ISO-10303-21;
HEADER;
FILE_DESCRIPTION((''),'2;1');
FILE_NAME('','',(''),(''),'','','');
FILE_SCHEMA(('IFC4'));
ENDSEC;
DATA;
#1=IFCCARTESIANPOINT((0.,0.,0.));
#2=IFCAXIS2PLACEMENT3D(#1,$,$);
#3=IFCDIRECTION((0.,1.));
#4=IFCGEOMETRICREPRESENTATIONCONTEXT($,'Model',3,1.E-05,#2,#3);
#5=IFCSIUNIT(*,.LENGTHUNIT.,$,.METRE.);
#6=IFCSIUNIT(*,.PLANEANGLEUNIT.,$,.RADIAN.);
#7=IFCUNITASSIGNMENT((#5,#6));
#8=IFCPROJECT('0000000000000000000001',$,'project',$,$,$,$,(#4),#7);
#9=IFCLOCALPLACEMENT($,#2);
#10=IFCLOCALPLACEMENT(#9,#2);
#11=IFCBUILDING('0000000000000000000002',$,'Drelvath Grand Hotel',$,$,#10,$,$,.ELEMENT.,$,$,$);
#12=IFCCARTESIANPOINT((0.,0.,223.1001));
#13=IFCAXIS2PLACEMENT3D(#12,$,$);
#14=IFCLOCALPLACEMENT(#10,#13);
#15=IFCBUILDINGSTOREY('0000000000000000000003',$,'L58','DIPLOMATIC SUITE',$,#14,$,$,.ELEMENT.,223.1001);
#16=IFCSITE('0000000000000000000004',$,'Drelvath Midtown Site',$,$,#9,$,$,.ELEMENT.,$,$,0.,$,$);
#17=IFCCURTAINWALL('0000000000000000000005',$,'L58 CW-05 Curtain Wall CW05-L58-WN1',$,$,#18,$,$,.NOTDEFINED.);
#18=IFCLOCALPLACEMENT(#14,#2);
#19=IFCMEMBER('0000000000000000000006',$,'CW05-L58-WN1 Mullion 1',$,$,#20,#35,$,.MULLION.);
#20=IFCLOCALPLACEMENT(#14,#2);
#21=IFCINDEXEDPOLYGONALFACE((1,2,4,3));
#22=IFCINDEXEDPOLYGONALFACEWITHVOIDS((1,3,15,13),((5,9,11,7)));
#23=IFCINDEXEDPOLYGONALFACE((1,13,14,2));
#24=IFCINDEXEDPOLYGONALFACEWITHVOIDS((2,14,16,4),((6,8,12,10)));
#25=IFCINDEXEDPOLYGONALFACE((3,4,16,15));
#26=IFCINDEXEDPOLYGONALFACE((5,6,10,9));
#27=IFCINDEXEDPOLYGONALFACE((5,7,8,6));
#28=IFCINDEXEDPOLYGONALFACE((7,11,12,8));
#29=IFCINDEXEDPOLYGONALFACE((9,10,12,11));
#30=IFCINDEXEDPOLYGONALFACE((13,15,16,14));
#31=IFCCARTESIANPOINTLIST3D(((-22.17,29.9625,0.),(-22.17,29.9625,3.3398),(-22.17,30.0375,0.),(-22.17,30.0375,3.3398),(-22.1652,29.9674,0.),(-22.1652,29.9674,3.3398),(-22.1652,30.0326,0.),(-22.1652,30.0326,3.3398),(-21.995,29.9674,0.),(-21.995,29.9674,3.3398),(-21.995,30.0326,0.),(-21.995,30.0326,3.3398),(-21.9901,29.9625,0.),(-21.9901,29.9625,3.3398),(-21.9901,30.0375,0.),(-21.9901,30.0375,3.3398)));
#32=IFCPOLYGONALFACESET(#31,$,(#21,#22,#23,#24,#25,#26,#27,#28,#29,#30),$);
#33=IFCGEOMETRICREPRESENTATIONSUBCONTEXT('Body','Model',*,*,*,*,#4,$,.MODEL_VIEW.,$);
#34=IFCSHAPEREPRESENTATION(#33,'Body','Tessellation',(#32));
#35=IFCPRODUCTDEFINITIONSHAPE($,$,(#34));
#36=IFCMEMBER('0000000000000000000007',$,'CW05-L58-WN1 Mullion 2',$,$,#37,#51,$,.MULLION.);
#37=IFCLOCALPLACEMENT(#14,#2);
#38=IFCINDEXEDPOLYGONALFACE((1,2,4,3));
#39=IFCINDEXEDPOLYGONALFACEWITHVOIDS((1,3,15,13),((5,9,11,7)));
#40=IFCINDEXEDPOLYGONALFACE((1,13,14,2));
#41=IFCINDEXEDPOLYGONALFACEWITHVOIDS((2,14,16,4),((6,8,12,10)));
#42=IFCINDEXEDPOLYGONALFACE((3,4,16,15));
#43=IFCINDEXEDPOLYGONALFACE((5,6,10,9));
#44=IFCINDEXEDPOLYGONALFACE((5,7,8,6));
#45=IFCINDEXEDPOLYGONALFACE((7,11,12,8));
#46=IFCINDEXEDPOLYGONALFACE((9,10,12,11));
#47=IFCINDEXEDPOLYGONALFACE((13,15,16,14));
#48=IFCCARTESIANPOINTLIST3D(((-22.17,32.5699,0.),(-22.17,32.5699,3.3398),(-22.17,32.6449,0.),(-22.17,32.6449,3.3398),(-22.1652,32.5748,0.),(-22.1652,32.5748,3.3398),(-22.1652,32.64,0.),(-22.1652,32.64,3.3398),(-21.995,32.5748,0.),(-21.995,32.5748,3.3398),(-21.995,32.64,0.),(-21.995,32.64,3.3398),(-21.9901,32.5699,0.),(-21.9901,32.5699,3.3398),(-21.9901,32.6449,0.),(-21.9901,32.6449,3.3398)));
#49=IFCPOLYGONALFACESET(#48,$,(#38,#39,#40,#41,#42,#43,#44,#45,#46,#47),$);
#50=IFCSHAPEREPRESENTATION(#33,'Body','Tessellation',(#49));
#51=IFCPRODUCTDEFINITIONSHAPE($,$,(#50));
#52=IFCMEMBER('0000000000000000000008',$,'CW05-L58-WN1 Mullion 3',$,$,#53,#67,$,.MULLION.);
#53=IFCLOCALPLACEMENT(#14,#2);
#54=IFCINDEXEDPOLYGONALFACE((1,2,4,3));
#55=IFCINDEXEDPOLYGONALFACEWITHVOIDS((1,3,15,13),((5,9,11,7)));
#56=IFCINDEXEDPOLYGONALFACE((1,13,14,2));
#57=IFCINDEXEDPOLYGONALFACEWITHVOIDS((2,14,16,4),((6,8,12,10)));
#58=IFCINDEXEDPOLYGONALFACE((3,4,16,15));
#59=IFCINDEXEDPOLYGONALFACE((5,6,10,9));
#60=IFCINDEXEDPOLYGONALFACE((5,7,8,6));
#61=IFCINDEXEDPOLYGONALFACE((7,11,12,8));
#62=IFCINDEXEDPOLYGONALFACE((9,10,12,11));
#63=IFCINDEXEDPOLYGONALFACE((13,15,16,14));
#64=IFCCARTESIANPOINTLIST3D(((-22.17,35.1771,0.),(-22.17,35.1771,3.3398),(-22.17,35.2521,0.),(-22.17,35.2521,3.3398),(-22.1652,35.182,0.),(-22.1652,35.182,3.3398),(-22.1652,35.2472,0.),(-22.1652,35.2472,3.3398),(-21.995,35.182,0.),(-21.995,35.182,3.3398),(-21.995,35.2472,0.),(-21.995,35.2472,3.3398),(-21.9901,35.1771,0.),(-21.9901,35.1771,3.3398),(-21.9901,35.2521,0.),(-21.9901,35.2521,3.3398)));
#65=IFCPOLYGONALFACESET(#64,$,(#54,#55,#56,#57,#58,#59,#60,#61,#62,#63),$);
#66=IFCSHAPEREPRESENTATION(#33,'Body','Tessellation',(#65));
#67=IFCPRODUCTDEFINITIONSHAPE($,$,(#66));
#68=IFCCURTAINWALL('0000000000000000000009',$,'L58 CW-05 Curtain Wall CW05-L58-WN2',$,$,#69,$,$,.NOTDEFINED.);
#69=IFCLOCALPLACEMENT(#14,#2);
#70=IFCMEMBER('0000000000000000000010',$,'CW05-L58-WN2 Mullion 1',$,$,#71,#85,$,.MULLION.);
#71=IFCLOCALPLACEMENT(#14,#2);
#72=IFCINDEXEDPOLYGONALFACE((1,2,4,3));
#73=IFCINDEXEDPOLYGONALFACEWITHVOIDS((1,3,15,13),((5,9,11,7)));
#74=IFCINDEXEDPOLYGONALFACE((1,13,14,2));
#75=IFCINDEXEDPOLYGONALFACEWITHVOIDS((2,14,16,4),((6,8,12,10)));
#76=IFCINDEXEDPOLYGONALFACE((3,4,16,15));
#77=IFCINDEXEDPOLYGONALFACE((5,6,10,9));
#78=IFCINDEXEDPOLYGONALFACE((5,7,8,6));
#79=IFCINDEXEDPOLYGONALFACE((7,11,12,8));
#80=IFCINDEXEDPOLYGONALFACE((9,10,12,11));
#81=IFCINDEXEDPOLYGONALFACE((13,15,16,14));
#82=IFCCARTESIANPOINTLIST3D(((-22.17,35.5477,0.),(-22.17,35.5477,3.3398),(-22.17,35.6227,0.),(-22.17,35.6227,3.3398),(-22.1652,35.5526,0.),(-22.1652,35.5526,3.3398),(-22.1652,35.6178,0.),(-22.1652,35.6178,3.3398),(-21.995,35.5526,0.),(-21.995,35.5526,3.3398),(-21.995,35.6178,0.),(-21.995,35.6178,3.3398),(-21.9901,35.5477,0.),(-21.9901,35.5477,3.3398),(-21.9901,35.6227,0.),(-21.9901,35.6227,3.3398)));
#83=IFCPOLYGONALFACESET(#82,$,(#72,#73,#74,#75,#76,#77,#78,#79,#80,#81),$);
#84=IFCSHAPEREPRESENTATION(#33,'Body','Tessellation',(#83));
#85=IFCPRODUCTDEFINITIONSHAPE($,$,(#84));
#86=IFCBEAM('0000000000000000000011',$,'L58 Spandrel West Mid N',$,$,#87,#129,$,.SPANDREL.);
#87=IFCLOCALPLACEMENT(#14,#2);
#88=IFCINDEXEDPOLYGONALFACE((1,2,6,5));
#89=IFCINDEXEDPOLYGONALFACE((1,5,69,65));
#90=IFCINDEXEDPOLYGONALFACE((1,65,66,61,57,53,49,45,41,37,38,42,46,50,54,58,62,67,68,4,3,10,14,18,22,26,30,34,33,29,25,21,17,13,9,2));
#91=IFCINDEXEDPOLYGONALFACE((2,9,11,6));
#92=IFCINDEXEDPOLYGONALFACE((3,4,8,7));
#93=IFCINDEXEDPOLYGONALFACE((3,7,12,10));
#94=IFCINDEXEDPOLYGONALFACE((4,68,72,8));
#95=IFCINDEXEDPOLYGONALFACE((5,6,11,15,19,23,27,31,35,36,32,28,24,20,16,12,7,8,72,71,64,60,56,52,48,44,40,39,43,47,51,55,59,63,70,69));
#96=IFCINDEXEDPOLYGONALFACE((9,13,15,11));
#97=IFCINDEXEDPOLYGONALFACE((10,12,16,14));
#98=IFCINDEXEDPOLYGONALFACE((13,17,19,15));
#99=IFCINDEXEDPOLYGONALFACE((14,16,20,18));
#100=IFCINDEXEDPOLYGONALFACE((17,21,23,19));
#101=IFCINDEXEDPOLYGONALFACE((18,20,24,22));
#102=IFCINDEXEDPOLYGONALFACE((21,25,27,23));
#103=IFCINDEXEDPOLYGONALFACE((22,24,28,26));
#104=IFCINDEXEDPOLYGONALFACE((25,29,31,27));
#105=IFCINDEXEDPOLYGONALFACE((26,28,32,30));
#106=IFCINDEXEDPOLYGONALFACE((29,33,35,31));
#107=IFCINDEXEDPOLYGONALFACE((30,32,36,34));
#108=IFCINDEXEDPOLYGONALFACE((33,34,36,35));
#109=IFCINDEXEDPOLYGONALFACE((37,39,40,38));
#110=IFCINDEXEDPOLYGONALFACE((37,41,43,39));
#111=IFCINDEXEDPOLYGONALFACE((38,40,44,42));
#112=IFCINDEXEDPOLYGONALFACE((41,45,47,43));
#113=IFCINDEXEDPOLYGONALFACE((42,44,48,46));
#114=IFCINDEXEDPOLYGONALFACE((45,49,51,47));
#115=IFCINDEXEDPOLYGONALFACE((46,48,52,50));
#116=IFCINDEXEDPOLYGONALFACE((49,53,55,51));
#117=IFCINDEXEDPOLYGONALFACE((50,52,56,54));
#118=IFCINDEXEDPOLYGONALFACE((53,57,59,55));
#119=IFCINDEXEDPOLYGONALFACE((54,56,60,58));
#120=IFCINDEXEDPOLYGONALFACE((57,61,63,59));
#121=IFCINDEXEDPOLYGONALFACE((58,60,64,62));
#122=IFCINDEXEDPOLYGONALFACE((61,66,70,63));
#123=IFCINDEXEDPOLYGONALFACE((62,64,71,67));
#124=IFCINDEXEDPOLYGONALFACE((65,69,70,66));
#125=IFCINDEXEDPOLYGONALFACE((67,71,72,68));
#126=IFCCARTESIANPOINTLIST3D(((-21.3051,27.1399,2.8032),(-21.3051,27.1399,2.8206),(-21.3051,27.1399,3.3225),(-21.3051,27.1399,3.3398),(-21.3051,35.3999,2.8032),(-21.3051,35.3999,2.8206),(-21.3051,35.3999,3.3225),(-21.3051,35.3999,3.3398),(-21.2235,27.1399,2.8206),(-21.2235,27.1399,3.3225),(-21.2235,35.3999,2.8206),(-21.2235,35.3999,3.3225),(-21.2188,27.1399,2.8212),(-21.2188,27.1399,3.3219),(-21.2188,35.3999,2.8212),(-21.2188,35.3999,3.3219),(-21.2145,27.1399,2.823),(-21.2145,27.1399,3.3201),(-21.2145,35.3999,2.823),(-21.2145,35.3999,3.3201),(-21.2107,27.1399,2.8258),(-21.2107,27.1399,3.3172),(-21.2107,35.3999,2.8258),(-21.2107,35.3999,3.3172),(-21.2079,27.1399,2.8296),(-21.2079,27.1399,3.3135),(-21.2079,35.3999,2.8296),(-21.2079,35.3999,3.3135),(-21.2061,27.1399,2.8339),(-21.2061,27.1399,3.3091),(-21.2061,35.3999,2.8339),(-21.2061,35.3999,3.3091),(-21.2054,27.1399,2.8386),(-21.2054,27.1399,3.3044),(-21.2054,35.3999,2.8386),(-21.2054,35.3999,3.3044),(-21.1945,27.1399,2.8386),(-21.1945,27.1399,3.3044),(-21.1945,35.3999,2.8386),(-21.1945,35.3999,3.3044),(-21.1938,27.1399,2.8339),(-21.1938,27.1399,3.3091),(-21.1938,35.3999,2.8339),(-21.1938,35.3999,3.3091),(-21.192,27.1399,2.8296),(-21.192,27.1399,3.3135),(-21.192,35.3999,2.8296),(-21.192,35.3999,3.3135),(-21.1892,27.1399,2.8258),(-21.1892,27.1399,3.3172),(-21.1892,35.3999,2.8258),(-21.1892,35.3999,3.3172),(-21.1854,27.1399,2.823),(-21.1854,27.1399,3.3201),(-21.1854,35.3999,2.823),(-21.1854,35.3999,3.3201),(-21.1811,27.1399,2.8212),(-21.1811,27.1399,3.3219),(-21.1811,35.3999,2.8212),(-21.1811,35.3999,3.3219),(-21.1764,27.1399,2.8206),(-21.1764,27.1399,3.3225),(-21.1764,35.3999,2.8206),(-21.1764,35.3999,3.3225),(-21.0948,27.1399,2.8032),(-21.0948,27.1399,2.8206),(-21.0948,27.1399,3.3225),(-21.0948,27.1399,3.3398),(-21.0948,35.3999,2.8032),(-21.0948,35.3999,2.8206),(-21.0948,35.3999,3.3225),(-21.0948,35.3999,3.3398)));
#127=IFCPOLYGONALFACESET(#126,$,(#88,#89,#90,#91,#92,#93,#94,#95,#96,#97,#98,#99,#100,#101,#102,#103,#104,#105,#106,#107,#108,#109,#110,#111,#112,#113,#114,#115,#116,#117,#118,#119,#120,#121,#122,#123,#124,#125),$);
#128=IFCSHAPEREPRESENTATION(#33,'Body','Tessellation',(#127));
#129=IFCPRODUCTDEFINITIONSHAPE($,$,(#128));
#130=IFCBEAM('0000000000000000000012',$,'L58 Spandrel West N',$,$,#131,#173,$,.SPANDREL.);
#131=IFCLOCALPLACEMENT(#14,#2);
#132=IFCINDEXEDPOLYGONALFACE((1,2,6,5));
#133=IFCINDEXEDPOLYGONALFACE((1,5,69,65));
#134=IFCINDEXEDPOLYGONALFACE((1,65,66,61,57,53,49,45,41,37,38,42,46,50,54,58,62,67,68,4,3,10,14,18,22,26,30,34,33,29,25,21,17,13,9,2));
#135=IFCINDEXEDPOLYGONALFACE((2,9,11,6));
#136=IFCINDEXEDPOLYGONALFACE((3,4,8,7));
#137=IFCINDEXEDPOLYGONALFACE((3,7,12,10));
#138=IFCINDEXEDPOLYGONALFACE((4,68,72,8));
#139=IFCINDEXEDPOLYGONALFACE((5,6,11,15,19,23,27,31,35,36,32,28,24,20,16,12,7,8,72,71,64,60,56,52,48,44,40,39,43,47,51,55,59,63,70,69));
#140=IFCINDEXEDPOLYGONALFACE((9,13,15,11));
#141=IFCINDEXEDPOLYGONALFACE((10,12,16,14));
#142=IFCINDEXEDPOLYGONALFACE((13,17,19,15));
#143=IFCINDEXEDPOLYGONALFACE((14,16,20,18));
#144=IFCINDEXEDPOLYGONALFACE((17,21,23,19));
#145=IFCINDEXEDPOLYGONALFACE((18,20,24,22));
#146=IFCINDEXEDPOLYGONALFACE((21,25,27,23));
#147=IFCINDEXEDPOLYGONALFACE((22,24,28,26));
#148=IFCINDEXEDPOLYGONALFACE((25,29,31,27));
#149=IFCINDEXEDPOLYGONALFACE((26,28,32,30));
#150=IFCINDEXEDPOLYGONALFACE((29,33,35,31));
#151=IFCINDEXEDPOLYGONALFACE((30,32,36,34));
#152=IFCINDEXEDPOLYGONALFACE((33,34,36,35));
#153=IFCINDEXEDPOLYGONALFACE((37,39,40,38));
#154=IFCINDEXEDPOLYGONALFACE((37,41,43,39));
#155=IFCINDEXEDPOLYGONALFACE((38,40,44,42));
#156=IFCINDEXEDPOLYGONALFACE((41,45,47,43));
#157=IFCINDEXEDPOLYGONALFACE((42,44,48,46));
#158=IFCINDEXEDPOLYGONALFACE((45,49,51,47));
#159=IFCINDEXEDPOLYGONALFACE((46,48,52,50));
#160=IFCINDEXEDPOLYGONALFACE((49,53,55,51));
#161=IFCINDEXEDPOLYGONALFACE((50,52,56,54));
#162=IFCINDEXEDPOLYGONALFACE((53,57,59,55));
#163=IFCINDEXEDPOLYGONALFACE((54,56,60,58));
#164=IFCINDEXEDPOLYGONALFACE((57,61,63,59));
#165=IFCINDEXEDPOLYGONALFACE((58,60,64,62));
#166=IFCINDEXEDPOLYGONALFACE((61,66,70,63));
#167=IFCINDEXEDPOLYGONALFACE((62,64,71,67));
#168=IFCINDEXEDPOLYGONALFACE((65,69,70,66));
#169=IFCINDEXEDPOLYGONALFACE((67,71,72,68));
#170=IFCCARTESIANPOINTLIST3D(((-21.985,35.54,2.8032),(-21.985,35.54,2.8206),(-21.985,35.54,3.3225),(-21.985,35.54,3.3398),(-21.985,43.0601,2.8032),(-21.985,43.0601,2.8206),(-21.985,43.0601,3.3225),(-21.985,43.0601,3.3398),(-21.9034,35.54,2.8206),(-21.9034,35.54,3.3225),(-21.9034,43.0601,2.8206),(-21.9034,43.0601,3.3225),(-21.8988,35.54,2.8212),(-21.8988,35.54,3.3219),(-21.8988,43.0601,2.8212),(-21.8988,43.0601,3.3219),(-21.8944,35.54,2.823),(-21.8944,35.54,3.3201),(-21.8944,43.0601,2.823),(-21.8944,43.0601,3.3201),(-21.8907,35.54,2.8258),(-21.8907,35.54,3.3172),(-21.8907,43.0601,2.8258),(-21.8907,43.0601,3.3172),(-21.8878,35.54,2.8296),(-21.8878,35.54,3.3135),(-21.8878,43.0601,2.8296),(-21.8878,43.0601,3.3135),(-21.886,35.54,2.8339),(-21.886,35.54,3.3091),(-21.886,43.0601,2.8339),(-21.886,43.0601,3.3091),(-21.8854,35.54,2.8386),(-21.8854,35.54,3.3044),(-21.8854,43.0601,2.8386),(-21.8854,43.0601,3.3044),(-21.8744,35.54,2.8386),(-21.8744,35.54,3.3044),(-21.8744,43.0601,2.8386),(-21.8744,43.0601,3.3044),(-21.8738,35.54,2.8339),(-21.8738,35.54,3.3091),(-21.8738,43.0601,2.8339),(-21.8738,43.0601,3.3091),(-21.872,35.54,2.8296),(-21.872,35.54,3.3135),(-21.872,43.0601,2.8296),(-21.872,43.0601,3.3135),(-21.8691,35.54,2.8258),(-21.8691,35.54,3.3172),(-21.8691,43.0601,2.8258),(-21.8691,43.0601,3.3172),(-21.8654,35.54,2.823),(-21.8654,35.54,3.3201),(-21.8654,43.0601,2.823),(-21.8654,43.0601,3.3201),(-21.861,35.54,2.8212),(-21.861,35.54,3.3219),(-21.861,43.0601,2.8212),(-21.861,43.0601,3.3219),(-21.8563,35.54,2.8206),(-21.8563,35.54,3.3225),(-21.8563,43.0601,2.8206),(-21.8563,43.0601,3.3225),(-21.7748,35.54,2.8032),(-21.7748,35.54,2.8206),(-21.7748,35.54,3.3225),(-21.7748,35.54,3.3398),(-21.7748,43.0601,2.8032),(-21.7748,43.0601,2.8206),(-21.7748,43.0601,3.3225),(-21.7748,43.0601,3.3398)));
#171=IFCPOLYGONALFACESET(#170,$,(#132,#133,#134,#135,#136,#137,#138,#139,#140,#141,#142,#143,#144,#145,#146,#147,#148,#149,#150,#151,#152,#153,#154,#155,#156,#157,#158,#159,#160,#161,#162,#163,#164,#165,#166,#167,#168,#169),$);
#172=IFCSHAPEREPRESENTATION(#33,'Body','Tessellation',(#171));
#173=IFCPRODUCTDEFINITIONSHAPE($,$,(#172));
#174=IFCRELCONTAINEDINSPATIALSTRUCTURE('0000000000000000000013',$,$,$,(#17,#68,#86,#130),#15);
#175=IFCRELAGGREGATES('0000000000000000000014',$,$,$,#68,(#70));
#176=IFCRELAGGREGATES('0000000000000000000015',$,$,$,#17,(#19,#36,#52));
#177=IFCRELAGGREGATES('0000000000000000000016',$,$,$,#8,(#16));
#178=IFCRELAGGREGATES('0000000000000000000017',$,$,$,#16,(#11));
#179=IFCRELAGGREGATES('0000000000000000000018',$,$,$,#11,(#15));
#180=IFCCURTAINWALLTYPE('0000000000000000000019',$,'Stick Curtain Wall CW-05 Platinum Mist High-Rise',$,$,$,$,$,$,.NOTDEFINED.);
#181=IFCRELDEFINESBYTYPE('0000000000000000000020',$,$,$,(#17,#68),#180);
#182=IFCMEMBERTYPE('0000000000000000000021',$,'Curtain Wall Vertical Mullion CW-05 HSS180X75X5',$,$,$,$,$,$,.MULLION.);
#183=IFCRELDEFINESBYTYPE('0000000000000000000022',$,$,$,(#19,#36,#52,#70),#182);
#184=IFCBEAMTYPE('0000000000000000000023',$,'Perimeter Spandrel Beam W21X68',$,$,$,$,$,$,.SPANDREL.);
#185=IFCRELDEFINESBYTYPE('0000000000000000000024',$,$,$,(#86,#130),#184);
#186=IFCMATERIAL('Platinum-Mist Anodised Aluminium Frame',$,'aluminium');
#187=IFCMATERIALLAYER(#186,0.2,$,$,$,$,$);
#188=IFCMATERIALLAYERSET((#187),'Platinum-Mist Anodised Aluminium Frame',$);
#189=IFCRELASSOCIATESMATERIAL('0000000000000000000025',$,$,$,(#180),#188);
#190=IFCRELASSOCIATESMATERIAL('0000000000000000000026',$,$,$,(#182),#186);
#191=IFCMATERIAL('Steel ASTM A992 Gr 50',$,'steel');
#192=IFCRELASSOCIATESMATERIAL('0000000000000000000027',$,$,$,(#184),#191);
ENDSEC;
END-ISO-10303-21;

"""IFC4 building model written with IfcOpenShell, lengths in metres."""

from ifc_helpers import new_model, si_unit, direction, frame, origin, origin_2d, place, context, subcontext, project, spatial, hollow_rectangle, i_section, extrude, material, layer, layer_set, material_profile, profile_set, type_object, element, aggregate, save


model = new_model("IFC4")

# Units and contexts
model_context = context("Model", 3, precision=1e-05, world=origin(), true_north=direction((0.0, 1.0)))
body_context = subcontext(model_context, "Body", "Model", "MODEL_VIEW")
ifc_project = project(units=[si_unit("LENGTHUNIT", "METRE"), si_unit("PLANEANGLEUNIT", "RADIAN")], contexts=[model_context])

# Site, building, storey
site_placement = place(None, origin())
site = spatial("IfcSite", under=ifc_project, at=site_placement, Name="Drelvath Midtown Site", CompositionType="ELEMENT", RefElevation=0.0)
building_placement = place(site_placement, origin())
building = spatial("IfcBuilding", under=site, at=building_placement, Name="Drelvath Grand Hotel", CompositionType="ELEMENT")
storey_placement = place(building_placement, frame((0.0, 0.0, 223.1001)))
storey = spatial("IfcBuildingStorey", under=building, at=storey_placement, Name="L58", Description="DIPLOMATIC SUITE", CompositionType="ELEMENT", Elevation=223.1001)

# Curtain wall
ifc_material_1 = material(Name="Platinum-Mist Anodised Aluminium Frame", Category="aluminium")
ifc_layer_1 = layer(ifc_material_1, 0.2)
ifc_layer_set_1 = layer_set([ifc_layer_1], Name="Platinum-Mist Anodised Aluminium Frame")
curtain_wall_type = type_object("IfcCurtainWallType", Name="Stick Curtain Wall CW-05 Platinum Mist High-Rise", PredefinedType="NOTDEFINED", material=ifc_layer_set_1)
curtain_wall_1_placement = place(storey_placement, origin())
curtain_wall_1 = element("IfcCurtainWall", 1, at=curtain_wall_1_placement, inside=storey, type_object=curtain_wall_type, Name="L58 CW-05 Curtain Wall CW05-L58-WN1", PredefinedType="NOTDEFINED")
ifc_material_profile_1 = material_profile(ifc_material_1, hollow_rectangle(XDim=0.075, YDim=0.1799, WallThickness=0.0049, at=origin_2d()), Name="HSS180X75X5")
ifc_profile_set_1 = profile_set([ifc_material_profile_1], Name="Platinum-Mist Anodised Aluminium Frame")
member_type_1 = type_object("IfcMemberType", Name="Curtain Wall Vertical Mullion CW-05 HSS180X75X5", PredefinedType="MULLION", material=ifc_profile_set_1)

# Members
member_1_placement = place(storey_placement, frame((-22.0801, 30.0, 0.0), z_axis=(0.0, 0.0, 1.0), x_axis=(0.0, 1.0, 0.0)))
member_1 = element("IfcMember", 2, at=member_1_placement, type_object=member_type_1, Name="CW05-L58-WN1 Mullion 1", PredefinedType="MULLION", context=body_context, shape_type="SweptSolid", body=[
    extrude(hollow_rectangle(XDim=0.075, YDim=0.1799, WallThickness=0.0049, at=origin_2d()), origin(), (0.0, 0.0, 1.0), 3.3398),
])
member_2_placement = place(storey_placement, frame((-22.0801, 32.6074, 0.0), z_axis=(0.0, 0.0, 1.0), x_axis=(0.0, 1.0, 0.0)))
member_2 = element("IfcMember", 3, at=member_2_placement, type_object=member_type_1, Name="CW05-L58-WN1 Mullion 2", PredefinedType="MULLION", context=body_context, shape_type="SweptSolid", body=[
    extrude(hollow_rectangle(XDim=0.075, YDim=0.1799, WallThickness=0.0049, at=origin_2d()), origin(), (0.0, 0.0, 1.0), 3.3398),
])
member_3_placement = place(storey_placement, frame((-22.0801, 35.2146, 0.0), z_axis=(0.0, 0.0, 1.0), x_axis=(0.0, 1.0, 0.0)))
member_3 = element("IfcMember", 4, at=member_3_placement, type_object=member_type_1, Name="CW05-L58-WN1 Mullion 3", PredefinedType="MULLION", context=body_context, shape_type="SweptSolid", body=[
    extrude(hollow_rectangle(XDim=0.075, YDim=0.1799, WallThickness=0.0049, at=origin_2d()), origin(), (0.0, 0.0, 1.0), 3.3398),
])

# Curtain wall, member
curtain_wall_2_placement = place(storey_placement, origin())
curtain_wall_2 = element("IfcCurtainWall", 5, at=curtain_wall_2_placement, inside=storey, type_object=curtain_wall_type, Name="L58 CW-05 Curtain Wall CW05-L58-WN2", PredefinedType="NOTDEFINED")
member_4_placement = place(storey_placement, frame((-22.0801, 35.5852, 0.0), z_axis=(0.0, 0.0, 1.0), x_axis=(0.0, 1.0, 0.0)))
member_4 = element("IfcMember", 6, at=member_4_placement, type_object=member_type_1, Name="CW05-L58-WN2 Mullion 1", PredefinedType="MULLION", context=body_context, shape_type="SweptSolid", body=[
    extrude(hollow_rectangle(XDim=0.075, YDim=0.1799, WallThickness=0.0049, at=origin_2d()), origin(), (0.0, 0.0, 1.0), 3.3398),
])
aggregate(curtain_wall_2, [member_4])

# Beams
ifc_material_2 = material(Name="Steel ASTM A992 Gr 50", Category="steel")
ifc_material_profile_2 = material_profile(ifc_material_2, i_section(OverallWidth=0.2102, OverallDepth=0.5366, WebThickness=0.011, FlangeThickness=0.0173, FilletRadius=0.0181, at=origin_2d()), Name="W21X68")
ifc_profile_set_2 = profile_set([ifc_material_profile_2], Name="Steel ASTM A992 Gr 50")
beam_type_1 = type_object("IfcBeamType", Name="Perimeter Spandrel Beam W21X68", PredefinedType="SPANDREL", material=ifc_profile_set_2)
beam_1_placement = place(storey_placement, frame((-21.2, 27.1399, 3.0715), z_axis=(0.0, 1.0, 0.0), x_axis=(-1.0, 0.0, 0.0)))
element("IfcBeam", 7, at=beam_1_placement, inside=storey, type_object=beam_type_1, Name="L58 Spandrel West Mid N", PredefinedType="SPANDREL", context=body_context, shape_type="SweptSolid", body=[
    extrude(i_section(OverallWidth=0.2102, OverallDepth=0.5366, WebThickness=0.011, FlangeThickness=0.0173, FilletRadius=0.0181, at=origin_2d()), origin(), (0.0, 0.0, 1.0), 8.26),
])
beam_2_placement = place(storey_placement, frame((-21.8799, 35.54, 3.0715), z_axis=(0.0, 1.0, 0.0), x_axis=(-1.0, 0.0, 0.0)))
element("IfcBeam", 8, at=beam_2_placement, inside=storey, type_object=beam_type_1, Name="L58 Spandrel West N", PredefinedType="SPANDREL", context=body_context, shape_type="SweptSolid", body=[
    extrude(i_section(OverallWidth=0.2102, OverallDepth=0.5366, WebThickness=0.011, FlangeThickness=0.0173, FilletRadius=0.0181, at=origin_2d()), origin(), (0.0, 0.0, 1.0), 7.52),
])

aggregate(curtain_wall_1, [member_1, member_2, member_3])

save(model, "model.ifc")
